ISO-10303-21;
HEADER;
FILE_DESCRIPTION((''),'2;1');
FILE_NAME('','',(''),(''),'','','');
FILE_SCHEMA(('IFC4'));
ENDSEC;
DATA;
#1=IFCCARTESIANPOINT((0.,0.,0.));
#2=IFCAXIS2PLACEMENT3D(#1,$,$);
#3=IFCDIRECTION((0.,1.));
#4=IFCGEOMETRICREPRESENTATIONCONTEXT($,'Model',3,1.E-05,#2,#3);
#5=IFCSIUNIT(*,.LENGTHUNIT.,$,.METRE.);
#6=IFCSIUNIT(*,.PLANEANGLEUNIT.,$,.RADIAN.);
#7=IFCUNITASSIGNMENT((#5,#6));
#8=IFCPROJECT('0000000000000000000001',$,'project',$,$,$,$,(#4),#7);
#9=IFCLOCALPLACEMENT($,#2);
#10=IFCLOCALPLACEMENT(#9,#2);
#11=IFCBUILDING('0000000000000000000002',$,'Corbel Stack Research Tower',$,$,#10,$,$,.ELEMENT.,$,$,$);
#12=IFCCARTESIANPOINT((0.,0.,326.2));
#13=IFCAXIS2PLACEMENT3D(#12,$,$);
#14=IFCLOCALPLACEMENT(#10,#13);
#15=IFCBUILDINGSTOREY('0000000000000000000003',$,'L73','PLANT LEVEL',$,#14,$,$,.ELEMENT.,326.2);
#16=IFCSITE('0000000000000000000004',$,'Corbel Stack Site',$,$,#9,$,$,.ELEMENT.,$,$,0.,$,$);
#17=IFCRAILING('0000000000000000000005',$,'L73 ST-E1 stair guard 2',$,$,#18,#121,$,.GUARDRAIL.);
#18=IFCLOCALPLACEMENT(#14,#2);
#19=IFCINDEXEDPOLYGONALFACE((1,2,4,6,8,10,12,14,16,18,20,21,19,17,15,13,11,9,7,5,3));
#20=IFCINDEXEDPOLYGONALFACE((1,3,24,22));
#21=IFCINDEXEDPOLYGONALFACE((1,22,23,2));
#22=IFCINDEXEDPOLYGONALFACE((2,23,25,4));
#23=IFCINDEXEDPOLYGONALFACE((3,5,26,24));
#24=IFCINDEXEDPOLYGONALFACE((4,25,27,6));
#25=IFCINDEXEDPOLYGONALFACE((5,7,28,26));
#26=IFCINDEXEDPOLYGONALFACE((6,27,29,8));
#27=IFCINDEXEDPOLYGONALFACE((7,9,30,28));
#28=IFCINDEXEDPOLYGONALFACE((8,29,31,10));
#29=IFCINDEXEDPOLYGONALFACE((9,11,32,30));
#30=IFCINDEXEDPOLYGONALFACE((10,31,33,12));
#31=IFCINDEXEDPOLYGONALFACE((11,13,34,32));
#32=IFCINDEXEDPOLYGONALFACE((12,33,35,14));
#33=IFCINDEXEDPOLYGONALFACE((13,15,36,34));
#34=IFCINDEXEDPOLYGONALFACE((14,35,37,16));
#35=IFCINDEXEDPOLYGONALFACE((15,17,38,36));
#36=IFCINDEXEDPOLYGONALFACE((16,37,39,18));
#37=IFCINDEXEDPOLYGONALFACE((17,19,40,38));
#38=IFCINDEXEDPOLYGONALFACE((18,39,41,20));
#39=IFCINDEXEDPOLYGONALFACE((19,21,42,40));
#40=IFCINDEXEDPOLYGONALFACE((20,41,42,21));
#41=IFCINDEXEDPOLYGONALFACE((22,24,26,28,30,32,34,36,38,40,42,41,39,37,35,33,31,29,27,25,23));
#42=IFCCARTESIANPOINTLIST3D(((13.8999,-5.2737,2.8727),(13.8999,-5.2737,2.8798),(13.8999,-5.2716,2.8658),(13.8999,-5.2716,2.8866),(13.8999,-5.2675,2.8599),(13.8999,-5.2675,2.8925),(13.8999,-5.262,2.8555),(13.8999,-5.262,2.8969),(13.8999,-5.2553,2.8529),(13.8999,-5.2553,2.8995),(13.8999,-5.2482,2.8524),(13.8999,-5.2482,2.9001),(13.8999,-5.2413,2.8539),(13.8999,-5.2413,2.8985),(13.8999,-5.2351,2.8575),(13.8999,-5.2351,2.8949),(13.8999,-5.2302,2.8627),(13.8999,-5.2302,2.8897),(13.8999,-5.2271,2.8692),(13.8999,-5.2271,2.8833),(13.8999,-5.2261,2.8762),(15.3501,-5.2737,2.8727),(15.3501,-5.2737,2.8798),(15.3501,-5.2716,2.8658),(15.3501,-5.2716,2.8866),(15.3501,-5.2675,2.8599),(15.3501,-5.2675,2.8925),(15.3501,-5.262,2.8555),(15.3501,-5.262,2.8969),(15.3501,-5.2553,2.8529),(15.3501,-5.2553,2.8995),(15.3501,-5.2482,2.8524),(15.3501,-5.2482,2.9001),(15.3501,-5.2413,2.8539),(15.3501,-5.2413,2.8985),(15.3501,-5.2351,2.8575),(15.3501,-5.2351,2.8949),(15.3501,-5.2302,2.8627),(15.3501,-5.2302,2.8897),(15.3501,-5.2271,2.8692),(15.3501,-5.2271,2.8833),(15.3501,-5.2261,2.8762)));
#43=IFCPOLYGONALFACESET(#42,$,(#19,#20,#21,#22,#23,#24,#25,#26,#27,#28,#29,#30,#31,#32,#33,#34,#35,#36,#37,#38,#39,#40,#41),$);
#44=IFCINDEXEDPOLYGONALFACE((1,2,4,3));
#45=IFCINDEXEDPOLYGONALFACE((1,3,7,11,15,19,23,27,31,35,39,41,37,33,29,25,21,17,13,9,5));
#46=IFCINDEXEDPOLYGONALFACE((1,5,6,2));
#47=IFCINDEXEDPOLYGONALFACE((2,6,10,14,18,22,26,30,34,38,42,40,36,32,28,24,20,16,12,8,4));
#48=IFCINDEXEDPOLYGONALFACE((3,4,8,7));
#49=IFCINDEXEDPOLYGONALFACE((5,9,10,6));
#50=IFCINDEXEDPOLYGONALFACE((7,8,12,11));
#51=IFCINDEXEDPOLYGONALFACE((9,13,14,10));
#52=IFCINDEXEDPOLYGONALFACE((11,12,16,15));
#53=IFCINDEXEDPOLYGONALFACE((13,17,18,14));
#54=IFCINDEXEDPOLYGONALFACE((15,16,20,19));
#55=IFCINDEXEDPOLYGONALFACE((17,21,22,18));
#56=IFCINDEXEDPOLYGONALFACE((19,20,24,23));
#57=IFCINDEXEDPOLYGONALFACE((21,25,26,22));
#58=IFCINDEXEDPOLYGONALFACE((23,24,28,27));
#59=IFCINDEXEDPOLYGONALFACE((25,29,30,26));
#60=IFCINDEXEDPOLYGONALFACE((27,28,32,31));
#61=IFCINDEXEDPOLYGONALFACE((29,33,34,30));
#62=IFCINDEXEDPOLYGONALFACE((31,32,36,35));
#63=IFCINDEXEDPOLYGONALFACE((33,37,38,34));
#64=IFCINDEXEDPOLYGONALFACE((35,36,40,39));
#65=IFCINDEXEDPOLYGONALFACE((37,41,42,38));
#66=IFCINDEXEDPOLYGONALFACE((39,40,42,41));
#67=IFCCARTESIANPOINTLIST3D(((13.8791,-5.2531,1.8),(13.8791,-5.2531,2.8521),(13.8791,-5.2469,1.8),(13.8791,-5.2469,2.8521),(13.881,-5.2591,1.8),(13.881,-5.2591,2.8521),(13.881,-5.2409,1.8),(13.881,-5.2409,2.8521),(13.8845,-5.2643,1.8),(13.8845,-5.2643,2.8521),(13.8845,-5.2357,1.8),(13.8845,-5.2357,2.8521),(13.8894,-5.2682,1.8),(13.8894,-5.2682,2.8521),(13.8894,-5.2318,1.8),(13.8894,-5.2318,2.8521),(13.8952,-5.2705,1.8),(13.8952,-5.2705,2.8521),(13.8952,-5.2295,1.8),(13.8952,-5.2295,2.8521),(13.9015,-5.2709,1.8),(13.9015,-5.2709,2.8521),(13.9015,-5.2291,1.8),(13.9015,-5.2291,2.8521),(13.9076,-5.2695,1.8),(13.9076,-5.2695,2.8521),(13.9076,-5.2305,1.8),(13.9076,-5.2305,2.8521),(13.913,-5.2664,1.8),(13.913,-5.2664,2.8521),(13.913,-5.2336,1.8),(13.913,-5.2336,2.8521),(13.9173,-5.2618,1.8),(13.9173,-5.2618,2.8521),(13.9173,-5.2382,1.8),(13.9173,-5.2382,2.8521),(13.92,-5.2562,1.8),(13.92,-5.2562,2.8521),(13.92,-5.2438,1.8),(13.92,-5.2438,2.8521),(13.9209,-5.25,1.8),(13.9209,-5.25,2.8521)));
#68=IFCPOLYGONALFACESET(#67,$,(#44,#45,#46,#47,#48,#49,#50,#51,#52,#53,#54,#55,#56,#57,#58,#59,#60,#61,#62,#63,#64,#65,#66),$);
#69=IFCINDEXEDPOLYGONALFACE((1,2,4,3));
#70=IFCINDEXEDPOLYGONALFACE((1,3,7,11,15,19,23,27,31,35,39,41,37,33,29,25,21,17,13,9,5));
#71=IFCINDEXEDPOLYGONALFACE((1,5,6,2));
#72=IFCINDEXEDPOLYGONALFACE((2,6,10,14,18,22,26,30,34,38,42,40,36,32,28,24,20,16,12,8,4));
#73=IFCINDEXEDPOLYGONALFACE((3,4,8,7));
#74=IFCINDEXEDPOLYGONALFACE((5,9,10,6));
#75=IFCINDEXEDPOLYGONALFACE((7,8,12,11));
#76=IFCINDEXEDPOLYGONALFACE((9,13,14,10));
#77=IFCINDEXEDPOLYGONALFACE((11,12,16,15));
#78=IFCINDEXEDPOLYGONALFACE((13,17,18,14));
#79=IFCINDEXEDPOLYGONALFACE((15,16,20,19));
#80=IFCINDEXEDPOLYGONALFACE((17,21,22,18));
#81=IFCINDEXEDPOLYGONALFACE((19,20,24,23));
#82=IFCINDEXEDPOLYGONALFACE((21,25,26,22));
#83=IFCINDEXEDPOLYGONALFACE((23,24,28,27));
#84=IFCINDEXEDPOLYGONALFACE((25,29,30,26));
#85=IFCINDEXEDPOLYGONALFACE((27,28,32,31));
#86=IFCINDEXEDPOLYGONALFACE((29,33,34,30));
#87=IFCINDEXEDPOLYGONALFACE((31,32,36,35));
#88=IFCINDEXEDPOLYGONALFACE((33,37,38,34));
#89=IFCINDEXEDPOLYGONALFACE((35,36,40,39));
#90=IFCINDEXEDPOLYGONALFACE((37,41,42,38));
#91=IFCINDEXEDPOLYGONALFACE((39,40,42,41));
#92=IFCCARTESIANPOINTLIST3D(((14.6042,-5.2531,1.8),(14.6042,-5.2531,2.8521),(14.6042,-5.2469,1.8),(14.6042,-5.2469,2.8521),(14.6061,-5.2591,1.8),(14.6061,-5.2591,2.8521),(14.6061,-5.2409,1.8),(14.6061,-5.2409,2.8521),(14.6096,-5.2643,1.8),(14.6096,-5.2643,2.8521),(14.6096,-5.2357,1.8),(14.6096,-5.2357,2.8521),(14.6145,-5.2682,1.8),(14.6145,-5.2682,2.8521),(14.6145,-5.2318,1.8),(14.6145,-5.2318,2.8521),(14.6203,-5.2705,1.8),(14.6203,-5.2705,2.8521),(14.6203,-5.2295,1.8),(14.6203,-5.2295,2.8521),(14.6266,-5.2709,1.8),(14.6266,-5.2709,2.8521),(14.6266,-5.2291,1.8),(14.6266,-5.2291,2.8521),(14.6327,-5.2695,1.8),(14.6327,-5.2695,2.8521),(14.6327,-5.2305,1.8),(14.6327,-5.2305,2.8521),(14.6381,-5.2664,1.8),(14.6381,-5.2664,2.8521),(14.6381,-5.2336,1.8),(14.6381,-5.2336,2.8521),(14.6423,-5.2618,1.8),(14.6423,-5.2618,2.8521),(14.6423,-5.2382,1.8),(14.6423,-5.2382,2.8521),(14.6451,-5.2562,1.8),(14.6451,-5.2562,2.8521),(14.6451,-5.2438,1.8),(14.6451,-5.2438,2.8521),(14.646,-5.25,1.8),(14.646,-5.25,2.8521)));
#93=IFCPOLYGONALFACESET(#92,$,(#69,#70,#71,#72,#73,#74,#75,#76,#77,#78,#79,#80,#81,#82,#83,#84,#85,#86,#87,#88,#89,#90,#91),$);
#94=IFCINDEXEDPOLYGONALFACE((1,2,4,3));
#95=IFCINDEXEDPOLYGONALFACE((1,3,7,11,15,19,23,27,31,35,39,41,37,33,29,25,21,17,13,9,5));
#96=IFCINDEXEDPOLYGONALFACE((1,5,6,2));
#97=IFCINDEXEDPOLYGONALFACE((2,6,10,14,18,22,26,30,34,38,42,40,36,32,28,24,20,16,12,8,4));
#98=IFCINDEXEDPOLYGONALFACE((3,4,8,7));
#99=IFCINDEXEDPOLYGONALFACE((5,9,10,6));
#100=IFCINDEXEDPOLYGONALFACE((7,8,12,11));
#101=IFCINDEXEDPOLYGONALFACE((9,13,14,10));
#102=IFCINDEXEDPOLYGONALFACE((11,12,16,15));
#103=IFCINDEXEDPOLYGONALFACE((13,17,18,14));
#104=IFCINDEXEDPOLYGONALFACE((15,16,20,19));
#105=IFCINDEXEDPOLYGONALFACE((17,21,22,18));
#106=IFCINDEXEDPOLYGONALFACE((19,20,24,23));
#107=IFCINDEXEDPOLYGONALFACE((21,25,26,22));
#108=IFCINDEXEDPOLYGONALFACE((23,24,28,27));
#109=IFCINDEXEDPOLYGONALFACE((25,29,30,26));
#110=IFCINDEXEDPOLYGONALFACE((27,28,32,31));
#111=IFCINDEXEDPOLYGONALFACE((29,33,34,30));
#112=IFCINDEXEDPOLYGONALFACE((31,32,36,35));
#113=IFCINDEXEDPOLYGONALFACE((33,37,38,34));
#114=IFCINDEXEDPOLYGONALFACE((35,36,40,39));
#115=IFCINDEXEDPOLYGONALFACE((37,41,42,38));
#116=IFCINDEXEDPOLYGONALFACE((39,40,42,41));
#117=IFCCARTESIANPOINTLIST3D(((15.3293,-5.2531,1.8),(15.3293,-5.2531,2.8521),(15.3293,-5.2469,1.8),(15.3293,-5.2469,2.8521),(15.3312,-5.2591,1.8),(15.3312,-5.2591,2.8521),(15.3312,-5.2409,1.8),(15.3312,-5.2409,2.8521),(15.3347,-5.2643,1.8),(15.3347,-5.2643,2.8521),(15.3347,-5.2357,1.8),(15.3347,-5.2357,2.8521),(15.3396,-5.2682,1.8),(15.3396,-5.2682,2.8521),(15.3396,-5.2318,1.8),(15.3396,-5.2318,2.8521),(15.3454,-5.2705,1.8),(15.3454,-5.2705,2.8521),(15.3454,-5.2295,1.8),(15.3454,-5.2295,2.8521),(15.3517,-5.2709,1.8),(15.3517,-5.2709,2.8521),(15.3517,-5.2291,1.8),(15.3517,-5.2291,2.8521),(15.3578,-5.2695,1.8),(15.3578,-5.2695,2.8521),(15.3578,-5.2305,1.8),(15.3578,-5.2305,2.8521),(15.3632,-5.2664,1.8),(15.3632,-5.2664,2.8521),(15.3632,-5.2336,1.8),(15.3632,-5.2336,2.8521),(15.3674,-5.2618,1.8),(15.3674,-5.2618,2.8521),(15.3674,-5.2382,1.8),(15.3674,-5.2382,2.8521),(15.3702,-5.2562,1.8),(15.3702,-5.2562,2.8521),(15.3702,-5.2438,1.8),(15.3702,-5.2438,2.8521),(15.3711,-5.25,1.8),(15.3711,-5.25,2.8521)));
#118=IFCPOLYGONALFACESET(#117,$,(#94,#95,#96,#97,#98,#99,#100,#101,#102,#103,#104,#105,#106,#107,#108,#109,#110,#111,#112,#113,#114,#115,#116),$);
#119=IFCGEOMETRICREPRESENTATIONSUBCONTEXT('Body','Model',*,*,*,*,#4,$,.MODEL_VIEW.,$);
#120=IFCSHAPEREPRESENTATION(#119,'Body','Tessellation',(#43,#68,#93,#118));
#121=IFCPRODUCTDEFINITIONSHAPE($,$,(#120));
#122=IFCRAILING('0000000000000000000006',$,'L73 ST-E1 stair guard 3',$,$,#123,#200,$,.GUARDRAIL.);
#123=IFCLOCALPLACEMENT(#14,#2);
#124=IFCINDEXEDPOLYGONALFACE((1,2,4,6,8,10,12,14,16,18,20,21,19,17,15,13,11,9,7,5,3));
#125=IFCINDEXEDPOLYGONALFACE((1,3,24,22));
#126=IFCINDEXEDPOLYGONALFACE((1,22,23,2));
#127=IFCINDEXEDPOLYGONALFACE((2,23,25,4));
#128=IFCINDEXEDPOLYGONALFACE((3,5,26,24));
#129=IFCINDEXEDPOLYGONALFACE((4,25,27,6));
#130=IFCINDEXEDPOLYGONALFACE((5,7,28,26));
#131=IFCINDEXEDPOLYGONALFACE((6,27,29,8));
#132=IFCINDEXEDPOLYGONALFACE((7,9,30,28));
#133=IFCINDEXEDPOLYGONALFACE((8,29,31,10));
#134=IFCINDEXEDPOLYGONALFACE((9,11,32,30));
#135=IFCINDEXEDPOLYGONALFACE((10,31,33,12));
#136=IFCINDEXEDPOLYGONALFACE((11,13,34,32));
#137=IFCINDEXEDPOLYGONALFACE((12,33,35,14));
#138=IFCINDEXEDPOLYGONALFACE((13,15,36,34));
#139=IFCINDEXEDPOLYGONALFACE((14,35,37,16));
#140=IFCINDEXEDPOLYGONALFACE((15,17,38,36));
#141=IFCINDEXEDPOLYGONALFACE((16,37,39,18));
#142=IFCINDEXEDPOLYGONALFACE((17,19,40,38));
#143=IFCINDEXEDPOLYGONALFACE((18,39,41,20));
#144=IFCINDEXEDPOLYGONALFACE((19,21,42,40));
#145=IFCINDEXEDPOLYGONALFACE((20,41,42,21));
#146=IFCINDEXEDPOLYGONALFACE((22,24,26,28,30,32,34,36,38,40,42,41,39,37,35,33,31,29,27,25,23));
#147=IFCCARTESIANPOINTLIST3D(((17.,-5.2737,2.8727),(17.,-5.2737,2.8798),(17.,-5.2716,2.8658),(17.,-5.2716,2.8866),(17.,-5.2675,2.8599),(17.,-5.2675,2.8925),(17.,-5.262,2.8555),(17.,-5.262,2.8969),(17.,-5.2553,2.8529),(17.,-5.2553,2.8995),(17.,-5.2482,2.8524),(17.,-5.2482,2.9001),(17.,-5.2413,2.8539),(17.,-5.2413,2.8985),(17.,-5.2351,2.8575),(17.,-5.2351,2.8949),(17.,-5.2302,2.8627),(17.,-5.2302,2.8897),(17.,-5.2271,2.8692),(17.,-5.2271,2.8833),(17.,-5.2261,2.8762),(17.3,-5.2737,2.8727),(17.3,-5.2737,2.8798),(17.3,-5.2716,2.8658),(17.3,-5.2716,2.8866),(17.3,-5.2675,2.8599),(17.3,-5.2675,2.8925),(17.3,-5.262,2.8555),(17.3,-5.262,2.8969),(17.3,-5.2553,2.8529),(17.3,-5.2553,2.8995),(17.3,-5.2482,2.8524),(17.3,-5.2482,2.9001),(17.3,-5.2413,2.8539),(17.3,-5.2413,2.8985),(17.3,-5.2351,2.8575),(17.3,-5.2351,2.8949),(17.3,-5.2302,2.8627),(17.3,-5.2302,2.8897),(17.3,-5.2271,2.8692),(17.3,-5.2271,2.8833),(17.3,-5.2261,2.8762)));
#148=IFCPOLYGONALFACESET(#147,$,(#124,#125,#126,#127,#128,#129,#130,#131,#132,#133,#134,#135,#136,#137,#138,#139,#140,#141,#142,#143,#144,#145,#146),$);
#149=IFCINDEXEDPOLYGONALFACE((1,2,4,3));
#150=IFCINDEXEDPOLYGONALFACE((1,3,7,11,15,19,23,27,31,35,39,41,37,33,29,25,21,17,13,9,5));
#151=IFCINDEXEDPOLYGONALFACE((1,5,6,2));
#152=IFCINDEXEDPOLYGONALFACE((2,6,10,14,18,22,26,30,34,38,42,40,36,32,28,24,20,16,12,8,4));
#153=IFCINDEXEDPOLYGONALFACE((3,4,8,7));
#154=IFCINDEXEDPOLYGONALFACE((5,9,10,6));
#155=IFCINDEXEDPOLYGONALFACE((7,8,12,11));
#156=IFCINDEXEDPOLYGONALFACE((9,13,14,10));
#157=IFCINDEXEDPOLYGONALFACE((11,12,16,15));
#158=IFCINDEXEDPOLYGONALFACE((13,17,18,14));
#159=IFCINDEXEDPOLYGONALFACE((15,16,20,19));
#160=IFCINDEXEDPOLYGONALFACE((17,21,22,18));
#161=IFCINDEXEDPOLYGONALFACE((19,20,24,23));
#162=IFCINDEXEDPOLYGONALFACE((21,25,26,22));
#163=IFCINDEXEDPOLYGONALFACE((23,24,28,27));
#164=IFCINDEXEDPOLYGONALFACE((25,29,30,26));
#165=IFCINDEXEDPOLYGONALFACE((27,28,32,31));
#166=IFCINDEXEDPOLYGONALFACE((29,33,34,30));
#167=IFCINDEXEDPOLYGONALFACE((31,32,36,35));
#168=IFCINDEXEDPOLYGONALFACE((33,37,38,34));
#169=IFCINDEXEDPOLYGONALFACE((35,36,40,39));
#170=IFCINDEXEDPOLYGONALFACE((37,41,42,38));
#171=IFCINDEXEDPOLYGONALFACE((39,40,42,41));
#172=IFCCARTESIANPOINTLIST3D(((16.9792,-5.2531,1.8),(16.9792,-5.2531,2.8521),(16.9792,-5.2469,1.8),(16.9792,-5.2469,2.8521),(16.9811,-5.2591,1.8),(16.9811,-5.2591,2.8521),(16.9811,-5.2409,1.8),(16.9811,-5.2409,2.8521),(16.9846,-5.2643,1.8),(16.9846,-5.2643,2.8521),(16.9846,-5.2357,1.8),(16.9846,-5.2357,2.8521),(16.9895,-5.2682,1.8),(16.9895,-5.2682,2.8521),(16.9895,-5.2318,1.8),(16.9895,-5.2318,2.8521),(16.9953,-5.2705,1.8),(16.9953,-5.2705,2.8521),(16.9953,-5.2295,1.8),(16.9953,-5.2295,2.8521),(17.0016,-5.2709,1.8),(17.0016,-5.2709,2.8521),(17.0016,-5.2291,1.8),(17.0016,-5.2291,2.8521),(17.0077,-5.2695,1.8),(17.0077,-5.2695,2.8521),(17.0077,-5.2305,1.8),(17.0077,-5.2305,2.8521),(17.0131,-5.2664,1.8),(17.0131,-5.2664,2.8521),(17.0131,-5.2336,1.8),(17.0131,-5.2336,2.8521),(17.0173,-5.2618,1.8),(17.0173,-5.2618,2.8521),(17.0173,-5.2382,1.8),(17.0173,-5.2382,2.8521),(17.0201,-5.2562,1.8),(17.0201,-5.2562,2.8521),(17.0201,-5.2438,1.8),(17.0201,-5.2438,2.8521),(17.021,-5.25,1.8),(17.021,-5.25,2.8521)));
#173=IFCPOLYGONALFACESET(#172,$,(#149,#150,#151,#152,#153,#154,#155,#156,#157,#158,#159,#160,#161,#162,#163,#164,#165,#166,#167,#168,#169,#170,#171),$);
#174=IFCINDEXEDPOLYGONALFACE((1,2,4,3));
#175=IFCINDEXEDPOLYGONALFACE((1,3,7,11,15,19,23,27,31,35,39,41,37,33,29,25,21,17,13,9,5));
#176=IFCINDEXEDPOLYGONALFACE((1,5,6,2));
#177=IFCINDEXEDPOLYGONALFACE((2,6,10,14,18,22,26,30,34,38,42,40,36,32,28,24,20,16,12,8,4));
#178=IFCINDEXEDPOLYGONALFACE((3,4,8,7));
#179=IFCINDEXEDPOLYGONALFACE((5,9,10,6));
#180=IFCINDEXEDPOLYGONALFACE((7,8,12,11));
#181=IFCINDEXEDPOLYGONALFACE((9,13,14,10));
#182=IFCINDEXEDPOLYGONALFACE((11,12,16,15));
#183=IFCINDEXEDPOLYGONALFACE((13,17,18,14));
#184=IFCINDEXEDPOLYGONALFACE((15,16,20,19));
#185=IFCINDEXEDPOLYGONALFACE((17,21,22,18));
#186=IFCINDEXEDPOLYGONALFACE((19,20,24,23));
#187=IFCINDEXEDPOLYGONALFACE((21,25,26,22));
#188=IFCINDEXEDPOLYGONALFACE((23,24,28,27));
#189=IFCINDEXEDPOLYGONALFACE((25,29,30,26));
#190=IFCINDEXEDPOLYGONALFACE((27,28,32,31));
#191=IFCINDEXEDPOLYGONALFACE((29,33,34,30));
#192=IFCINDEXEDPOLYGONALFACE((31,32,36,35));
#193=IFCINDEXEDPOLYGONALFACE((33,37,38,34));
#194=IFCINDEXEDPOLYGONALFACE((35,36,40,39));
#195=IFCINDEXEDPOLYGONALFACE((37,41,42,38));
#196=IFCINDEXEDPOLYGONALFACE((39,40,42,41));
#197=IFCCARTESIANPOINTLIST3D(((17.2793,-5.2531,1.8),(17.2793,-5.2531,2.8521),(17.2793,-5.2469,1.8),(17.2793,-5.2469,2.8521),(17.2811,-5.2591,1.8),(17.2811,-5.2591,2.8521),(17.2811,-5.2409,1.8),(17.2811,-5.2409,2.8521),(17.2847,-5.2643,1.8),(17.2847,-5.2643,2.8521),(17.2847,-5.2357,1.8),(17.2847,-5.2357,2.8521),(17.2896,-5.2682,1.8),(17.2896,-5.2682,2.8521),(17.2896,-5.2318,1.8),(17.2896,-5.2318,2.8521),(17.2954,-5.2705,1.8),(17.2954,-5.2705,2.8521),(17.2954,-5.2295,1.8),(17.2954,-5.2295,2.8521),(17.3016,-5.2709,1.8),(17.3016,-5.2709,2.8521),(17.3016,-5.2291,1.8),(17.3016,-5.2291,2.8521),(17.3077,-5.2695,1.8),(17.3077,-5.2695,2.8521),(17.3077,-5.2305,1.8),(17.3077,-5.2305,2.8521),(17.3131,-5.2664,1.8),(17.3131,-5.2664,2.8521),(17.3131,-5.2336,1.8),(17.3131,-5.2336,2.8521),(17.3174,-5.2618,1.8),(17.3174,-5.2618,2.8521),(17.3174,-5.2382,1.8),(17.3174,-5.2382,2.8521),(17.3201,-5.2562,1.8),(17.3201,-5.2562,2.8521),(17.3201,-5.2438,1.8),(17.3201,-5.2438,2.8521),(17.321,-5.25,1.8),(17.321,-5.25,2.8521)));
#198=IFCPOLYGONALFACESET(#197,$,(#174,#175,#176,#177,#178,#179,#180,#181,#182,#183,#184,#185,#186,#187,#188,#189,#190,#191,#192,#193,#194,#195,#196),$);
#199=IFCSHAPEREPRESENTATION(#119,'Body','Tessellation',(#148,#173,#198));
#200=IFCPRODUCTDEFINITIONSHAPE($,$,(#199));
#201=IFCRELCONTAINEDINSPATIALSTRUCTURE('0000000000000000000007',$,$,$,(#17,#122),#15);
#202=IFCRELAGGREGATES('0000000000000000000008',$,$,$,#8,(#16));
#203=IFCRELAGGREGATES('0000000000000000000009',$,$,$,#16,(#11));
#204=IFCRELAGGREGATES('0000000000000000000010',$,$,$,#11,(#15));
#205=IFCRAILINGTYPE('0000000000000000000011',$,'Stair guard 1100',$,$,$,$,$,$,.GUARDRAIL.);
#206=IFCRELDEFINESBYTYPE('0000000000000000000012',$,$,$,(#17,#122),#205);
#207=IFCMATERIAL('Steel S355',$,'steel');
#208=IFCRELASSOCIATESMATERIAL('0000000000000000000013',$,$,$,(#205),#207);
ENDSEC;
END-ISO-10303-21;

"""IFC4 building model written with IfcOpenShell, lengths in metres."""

from ifc_helpers import new_model, si_unit, direction, frame, origin, origin_2d, place, context, subcontext, project, spatial, circle, extrude, material, type_object, element, save


model = new_model("IFC4")

# Units and contexts
model_context = context("Model", 3, precision=1e-05, world=origin(), true_north=direction((0.0, 1.0)))
body_context = subcontext(model_context, "Body", "Model", "MODEL_VIEW")
ifc_project = project(units=[si_unit("LENGTHUNIT", "METRE"), si_unit("PLANEANGLEUNIT", "RADIAN")], contexts=[model_context])

# Site, building, storey
site_placement = place(None, origin())
site = spatial("IfcSite", under=ifc_project, at=site_placement, Name="Corbel Stack Site", CompositionType="ELEMENT", RefElevation=0.0)
building_placement = place(site_placement, origin())
building = spatial("IfcBuilding", under=site, at=building_placement, Name="Corbel Stack Research Tower", CompositionType="ELEMENT")
storey_placement = place(building_placement, frame((0.0, 0.0, 326.2)))
storey = spatial("IfcBuildingStorey", under=building, at=storey_placement, Name="L73", Description="PLANT LEVEL", CompositionType="ELEMENT", Elevation=326.2)

# Railings
ifc_material_1 = material(Name="Steel S355", Category="steel")
railing_type_1 = type_object("IfcRailingType", Name="Stair guard 1100", PredefinedType="GUARDRAIL", material=ifc_material_1)
railing_1_placement = place(storey_placement, frame((13.8999, -5.25, 1.8)))
element("IfcRailing", 1, at=railing_1_placement, inside=storey, type_object=railing_type_1, Name="L73 ST-E1 stair guard 2", PredefinedType="GUARDRAIL", context=body_context, shape_type="SweptSolid", body=[
    extrude(circle(Radius=0.0239, at=origin_2d()), frame((0.0, 0.0, 1.0762), z_axis=(1.0, 0.0, 0.0), x_axis=(0.0, 1.0, 0.0)), (0.0, 0.0, 1.0), 1.4502),
    extrude(circle(Radius=0.021, at=origin_2d()), origin(), (0.0, 0.0, 1.0), 1.052),
    extrude(circle(Radius=0.021, at=origin_2d()), frame((0.7251, 0.0, 0.0)), (0.0, 0.0, 1.0), 1.052),
    extrude(circle(Radius=0.021, at=origin_2d()), frame((1.4502, 0.0, 0.0)), (0.0, 0.0, 1.0), 1.052),
])
railing_2_placement = place(storey_placement, frame((17.0, -5.25, 1.8)))
element("IfcRailing", 2, at=railing_2_placement, inside=storey, type_object=railing_type_1, Name="L73 ST-E1 stair guard 3", PredefinedType="GUARDRAIL", context=body_context, shape_type="SweptSolid", body=[
    extrude(circle(Radius=0.0239, at=origin_2d()), frame((0.0, 0.0, 1.0762), z_axis=(1.0, 0.0, 0.0), x_axis=(0.0, 1.0, 0.0)), (0.0, 0.0, 1.0), 0.3),
    extrude(circle(Radius=0.021, at=origin_2d()), origin(), (0.0, 0.0, 1.0), 1.052),
    extrude(circle(Radius=0.021, at=origin_2d()), frame((0.3, 0.0, 0.0)), (0.0, 0.0, 1.0), 1.052),
])

save(model, "model.ifc")
